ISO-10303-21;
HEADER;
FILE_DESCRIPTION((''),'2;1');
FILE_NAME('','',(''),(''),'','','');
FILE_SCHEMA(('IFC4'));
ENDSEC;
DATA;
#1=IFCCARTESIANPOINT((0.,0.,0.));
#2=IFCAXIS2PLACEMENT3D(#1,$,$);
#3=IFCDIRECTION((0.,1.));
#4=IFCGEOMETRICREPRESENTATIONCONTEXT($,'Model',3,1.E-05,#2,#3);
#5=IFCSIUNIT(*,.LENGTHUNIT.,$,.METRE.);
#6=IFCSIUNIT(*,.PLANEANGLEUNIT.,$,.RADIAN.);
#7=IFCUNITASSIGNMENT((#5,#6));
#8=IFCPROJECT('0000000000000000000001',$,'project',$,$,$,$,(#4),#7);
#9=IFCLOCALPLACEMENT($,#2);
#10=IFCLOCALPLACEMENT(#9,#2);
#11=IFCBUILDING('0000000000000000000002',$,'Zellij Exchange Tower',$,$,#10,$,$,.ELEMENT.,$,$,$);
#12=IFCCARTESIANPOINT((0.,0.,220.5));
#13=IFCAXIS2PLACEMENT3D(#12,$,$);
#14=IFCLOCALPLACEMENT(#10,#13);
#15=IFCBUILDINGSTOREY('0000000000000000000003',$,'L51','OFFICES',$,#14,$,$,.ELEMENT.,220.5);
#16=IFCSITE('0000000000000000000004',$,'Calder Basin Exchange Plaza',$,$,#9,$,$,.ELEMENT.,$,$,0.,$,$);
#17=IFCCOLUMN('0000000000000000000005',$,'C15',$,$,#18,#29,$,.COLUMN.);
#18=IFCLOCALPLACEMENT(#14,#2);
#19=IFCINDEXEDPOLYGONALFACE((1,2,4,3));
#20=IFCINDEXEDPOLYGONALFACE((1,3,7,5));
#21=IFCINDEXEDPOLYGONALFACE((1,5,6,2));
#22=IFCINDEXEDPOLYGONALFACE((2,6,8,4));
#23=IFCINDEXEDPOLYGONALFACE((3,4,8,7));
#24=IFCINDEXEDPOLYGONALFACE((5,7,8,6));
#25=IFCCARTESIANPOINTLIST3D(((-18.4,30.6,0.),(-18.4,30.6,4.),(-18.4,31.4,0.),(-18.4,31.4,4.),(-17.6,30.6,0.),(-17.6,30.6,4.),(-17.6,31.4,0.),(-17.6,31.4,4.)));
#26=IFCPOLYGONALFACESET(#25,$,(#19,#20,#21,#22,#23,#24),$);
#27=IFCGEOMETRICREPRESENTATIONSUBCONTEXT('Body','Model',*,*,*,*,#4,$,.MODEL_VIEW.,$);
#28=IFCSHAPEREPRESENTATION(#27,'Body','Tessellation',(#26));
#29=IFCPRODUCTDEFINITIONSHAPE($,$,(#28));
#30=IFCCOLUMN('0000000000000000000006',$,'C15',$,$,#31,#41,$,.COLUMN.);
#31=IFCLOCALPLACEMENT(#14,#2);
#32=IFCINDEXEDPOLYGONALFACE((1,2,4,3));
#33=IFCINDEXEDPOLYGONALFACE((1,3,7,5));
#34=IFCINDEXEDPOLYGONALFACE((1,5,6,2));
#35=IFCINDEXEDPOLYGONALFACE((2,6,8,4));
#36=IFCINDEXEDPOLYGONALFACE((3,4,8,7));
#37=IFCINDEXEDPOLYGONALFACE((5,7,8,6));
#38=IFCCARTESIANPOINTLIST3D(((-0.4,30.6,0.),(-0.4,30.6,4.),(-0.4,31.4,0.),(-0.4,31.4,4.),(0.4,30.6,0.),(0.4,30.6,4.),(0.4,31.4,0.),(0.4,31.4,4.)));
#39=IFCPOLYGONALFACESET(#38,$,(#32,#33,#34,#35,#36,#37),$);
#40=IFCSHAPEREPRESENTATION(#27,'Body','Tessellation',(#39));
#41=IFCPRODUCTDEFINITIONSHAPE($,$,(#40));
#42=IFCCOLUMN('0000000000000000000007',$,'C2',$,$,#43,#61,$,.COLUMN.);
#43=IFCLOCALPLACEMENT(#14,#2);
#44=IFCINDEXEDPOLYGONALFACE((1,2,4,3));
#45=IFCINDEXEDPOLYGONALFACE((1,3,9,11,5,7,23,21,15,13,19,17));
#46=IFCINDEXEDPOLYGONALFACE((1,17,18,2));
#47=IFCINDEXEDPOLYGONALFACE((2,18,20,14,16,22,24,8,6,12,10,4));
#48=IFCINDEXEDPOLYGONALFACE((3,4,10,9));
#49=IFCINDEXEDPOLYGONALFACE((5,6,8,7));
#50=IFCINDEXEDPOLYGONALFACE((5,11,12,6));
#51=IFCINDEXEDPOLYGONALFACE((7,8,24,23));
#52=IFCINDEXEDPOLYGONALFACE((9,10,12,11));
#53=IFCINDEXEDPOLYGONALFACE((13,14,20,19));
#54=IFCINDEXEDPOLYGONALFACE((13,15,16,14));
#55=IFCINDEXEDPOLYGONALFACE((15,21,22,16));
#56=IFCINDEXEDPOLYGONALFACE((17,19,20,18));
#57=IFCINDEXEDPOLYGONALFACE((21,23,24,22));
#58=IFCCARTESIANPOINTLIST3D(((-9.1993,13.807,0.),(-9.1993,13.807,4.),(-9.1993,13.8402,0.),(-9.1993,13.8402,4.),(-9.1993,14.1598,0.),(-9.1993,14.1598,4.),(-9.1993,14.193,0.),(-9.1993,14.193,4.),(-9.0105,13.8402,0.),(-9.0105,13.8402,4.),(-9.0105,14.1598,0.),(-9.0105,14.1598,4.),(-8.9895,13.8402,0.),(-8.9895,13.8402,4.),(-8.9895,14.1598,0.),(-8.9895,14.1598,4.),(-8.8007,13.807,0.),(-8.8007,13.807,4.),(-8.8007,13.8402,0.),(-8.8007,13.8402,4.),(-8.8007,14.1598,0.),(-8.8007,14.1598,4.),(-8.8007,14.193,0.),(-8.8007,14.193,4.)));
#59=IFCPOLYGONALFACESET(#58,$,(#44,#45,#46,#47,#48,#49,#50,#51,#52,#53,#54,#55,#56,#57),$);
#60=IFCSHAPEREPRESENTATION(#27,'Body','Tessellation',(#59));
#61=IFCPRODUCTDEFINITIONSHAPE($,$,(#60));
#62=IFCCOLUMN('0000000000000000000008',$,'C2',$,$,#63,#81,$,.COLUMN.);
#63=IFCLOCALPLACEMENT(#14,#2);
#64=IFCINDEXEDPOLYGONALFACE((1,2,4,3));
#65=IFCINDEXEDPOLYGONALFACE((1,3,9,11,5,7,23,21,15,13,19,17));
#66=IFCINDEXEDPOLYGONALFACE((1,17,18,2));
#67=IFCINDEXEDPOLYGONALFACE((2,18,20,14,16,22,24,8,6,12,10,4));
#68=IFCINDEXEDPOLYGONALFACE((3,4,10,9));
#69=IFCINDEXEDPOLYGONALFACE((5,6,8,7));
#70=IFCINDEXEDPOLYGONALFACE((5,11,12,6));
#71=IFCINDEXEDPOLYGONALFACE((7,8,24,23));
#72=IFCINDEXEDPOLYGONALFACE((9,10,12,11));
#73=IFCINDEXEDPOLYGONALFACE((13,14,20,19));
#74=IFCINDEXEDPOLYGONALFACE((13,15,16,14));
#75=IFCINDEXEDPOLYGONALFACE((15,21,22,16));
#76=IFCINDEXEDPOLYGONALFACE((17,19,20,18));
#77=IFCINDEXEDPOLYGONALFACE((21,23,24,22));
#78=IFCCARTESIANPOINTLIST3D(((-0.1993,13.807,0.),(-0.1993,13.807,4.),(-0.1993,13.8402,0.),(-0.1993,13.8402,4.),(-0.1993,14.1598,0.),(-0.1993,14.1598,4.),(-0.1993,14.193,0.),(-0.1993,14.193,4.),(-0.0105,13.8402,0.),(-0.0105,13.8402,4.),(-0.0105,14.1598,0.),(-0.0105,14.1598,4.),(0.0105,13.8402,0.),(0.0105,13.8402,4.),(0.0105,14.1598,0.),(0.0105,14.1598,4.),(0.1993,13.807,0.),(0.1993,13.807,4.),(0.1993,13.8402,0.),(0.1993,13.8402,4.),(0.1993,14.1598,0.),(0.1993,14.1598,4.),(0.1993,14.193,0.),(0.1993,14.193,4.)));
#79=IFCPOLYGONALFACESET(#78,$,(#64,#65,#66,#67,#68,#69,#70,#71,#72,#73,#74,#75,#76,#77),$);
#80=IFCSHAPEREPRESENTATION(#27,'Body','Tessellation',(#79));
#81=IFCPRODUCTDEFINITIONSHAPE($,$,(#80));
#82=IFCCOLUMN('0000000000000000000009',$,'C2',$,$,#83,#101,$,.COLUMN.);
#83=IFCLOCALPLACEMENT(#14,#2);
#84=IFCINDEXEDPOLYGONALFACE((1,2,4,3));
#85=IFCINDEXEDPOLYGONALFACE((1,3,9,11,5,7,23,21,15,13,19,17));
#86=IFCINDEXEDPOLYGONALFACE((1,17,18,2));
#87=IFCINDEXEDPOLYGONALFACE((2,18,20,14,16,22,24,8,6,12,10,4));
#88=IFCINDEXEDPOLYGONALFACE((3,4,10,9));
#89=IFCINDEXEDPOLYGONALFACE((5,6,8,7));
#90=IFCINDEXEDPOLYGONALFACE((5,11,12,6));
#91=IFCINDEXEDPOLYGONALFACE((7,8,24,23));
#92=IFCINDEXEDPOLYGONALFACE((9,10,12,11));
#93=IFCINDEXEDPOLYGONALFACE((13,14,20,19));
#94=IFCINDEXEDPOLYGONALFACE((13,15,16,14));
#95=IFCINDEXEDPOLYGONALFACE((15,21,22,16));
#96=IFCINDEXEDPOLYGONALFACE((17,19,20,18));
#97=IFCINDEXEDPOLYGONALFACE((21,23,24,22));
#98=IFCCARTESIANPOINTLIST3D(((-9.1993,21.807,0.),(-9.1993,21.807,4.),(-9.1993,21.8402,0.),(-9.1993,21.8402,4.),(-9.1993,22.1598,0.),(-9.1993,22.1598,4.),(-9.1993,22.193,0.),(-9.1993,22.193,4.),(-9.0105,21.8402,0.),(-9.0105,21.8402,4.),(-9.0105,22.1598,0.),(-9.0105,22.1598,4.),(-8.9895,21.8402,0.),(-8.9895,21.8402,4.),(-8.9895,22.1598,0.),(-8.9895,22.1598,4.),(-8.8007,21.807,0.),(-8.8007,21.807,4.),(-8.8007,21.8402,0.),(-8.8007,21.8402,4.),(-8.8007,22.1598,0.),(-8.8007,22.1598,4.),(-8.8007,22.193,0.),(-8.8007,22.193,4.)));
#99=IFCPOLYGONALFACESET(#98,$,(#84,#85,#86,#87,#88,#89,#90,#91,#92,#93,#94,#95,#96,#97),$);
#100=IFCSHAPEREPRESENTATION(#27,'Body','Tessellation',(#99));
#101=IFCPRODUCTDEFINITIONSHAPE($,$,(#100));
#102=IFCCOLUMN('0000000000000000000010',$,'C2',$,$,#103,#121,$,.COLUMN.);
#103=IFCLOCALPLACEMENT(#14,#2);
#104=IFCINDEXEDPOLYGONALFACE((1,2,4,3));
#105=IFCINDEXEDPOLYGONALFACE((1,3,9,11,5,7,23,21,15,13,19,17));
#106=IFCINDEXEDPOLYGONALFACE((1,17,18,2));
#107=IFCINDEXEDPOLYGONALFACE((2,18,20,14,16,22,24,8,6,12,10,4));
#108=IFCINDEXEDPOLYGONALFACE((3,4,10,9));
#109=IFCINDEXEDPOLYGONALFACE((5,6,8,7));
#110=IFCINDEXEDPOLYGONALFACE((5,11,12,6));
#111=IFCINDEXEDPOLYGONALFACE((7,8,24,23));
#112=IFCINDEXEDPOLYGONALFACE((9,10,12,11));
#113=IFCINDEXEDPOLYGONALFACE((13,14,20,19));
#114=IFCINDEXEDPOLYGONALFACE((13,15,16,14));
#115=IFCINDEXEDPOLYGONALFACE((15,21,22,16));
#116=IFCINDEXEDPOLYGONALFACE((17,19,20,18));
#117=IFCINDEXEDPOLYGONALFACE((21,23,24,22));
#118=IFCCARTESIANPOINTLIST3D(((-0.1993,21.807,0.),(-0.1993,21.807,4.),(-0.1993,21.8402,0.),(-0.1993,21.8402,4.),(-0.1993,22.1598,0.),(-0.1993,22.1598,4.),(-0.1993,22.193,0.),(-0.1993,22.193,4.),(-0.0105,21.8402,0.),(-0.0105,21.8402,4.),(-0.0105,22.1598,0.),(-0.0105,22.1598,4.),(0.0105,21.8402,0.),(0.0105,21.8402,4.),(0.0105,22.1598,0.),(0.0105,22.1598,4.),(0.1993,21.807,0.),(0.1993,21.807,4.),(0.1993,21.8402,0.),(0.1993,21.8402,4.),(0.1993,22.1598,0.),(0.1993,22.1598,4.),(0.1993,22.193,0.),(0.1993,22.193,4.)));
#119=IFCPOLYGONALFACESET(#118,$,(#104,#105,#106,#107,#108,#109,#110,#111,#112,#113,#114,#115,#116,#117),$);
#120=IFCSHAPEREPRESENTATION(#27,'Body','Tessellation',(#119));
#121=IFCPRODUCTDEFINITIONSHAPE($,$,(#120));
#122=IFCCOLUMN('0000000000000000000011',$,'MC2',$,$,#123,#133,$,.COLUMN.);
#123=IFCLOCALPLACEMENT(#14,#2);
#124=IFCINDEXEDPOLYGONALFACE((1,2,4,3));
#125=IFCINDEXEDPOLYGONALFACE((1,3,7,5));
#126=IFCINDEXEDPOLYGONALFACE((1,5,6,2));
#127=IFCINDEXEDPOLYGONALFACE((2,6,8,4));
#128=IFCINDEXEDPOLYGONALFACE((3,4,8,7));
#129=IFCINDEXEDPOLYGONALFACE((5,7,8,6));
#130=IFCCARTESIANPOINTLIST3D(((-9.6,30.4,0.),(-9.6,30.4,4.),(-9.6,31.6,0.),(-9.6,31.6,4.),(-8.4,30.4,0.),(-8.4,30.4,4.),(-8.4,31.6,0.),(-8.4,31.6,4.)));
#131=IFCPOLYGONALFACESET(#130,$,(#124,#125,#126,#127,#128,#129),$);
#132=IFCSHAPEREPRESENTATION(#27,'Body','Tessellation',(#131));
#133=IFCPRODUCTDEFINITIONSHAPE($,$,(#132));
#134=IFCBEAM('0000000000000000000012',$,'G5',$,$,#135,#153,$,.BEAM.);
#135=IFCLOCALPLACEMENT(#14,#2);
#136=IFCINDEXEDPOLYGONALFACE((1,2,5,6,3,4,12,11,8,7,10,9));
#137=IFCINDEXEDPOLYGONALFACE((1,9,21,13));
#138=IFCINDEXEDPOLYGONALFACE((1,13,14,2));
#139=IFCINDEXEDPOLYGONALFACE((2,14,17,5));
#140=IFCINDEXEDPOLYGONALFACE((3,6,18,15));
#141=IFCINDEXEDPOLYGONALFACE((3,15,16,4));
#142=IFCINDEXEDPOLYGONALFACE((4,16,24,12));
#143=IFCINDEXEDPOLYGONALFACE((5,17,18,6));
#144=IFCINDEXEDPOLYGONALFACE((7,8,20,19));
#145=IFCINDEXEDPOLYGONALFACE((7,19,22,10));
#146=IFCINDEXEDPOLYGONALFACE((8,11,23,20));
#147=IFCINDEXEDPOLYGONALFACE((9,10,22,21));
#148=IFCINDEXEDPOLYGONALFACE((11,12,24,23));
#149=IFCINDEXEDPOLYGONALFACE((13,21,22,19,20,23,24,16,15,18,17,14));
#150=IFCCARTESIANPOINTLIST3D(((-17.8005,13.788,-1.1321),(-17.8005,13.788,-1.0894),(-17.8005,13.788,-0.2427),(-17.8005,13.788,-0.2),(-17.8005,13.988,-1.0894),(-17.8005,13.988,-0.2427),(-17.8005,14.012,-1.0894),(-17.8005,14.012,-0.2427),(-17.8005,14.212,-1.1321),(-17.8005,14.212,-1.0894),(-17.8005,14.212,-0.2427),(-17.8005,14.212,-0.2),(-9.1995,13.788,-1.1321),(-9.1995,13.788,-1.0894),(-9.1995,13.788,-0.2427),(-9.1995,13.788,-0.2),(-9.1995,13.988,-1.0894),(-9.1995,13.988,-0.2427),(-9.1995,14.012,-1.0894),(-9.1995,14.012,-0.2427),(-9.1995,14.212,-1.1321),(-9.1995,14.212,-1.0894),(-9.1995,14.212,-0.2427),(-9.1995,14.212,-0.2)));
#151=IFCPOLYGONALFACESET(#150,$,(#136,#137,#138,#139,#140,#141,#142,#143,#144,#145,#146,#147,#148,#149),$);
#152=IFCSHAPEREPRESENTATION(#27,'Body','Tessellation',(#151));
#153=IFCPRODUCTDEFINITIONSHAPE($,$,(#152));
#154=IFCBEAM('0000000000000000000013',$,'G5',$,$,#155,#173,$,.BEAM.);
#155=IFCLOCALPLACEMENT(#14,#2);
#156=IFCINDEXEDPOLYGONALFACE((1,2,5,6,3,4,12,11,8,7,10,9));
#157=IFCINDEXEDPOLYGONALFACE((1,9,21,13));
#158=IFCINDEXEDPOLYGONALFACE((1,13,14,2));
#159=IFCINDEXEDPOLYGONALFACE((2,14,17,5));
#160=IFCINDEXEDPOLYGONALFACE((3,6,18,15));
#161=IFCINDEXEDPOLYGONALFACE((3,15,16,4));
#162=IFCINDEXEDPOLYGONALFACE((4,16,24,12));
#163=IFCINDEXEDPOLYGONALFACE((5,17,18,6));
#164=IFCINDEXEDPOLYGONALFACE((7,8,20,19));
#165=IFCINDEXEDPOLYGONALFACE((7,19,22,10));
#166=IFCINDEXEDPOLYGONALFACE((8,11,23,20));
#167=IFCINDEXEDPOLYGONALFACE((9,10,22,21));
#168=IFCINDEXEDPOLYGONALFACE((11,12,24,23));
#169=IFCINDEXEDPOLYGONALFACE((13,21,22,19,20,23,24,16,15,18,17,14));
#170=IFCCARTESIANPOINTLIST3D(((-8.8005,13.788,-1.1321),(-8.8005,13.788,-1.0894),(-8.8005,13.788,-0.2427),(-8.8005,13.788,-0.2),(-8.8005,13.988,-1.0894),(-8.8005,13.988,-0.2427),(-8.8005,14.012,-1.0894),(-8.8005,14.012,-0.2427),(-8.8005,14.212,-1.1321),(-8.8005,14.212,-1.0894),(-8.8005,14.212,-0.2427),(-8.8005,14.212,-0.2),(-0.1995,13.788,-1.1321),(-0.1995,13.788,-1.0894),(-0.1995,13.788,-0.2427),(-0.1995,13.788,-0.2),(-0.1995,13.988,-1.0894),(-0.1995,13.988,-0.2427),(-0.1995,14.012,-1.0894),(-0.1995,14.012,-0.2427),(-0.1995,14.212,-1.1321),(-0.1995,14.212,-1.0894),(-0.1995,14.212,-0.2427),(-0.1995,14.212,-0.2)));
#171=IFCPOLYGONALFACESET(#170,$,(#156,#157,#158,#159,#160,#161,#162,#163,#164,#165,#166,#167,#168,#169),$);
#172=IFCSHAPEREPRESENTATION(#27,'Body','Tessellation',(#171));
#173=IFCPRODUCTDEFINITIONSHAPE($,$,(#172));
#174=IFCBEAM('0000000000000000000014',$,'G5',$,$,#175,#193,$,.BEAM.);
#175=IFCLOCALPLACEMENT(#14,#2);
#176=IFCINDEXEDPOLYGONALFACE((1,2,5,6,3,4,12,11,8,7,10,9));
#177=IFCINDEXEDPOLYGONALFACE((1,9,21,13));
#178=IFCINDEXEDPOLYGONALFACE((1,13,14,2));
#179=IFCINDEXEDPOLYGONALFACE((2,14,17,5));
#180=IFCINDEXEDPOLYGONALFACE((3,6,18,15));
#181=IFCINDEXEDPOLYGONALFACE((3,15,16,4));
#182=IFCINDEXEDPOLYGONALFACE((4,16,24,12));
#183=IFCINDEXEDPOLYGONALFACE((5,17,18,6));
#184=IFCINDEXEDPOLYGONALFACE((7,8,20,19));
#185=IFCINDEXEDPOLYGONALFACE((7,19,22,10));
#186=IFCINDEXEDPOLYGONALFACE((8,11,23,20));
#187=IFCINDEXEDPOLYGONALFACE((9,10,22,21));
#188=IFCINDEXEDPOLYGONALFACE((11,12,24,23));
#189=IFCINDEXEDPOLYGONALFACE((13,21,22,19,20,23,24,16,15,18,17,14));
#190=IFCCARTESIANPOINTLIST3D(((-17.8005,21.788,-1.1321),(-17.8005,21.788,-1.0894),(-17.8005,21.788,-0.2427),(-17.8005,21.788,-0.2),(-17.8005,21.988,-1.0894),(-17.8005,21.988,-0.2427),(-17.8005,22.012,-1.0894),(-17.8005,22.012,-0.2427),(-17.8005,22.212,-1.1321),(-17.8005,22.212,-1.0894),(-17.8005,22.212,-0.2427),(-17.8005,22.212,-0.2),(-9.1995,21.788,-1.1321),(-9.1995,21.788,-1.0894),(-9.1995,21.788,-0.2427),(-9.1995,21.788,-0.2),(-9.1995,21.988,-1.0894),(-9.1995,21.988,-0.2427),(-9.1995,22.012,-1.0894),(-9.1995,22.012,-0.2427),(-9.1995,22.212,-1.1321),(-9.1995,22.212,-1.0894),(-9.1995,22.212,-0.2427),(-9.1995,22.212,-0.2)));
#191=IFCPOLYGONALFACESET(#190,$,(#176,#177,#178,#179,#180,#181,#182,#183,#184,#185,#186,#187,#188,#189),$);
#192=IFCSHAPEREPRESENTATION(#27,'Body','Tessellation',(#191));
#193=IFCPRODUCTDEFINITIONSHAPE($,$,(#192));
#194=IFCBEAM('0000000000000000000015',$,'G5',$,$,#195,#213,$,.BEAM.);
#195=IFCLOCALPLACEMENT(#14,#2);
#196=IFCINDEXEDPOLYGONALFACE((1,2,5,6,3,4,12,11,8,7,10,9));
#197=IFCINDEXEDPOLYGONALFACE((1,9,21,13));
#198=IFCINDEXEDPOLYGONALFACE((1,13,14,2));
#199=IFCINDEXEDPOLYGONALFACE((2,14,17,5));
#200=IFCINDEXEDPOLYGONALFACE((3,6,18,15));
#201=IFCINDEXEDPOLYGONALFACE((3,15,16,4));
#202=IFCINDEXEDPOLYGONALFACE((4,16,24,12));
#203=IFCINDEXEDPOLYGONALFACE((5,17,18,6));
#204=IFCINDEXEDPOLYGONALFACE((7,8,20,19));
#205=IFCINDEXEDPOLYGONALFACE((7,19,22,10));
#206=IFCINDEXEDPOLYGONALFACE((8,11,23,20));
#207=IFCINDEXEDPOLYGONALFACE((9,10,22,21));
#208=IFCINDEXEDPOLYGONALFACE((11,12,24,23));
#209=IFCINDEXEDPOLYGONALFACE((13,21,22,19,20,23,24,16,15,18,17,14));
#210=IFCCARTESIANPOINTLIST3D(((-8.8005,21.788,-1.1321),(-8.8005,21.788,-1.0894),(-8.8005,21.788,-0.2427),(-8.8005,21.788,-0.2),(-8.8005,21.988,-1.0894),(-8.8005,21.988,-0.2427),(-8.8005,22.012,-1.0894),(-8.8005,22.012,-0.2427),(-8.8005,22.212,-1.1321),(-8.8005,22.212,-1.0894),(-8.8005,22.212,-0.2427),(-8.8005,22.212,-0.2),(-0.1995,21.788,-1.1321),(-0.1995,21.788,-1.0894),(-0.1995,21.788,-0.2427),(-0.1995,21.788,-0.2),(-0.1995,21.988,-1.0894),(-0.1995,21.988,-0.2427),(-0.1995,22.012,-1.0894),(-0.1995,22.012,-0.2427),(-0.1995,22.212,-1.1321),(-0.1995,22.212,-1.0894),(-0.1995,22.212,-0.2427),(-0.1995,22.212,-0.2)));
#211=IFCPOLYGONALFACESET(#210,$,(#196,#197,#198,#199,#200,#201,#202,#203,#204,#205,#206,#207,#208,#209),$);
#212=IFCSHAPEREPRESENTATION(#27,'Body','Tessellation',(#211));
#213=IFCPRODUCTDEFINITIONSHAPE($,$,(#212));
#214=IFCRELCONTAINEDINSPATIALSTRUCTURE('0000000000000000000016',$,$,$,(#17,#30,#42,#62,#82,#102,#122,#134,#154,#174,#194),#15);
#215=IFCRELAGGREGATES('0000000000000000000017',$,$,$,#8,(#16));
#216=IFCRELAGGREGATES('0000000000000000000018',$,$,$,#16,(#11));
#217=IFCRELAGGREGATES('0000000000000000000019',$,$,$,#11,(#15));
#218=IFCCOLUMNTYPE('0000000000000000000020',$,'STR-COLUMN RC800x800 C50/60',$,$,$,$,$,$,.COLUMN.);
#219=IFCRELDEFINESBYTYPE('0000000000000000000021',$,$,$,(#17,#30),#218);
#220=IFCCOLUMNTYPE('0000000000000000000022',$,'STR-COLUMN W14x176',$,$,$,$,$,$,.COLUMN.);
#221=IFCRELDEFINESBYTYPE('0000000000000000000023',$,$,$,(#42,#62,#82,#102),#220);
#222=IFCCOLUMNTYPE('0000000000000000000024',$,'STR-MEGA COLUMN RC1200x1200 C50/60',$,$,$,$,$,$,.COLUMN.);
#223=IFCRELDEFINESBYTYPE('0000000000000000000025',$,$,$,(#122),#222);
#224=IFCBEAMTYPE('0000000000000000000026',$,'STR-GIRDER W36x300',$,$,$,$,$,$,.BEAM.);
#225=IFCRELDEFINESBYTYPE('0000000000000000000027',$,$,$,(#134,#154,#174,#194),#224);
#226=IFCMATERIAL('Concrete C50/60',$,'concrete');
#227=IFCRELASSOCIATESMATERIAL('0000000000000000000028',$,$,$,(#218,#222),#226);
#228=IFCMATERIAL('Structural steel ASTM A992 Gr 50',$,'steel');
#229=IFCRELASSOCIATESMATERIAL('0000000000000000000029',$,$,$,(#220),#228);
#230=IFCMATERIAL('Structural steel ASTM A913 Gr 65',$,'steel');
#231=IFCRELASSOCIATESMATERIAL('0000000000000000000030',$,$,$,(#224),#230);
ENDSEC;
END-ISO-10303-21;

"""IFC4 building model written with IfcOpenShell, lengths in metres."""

from ifc_helpers import new_model, si_unit, direction, frame, origin, origin_2d, place, context, subcontext, project, spatial, rectangle, i_section, extrude, material, material_profile, profile_set, type_object, element, save


model = new_model("IFC4")

# Units and contexts
model_context = context("Model", 3, precision=1e-05, world=origin(), true_north=direction((0.0, 1.0)))
body_context = subcontext(model_context, "Body", "Model", "MODEL_VIEW")
ifc_project = project(units=[si_unit("LENGTHUNIT", "METRE"), si_unit("PLANEANGLEUNIT", "RADIAN")], contexts=[model_context])

# Site, building, storey
site_placement = place(None, origin())
site = spatial("IfcSite", under=ifc_project, at=site_placement, Name="Calder Basin Exchange Plaza", CompositionType="ELEMENT", RefElevation=0.0)
building_placement = place(site_placement, origin())
building = spatial("IfcBuilding", under=site, at=building_placement, Name="Zellij Exchange Tower", CompositionType="ELEMENT")
storey_placement = place(building_placement, frame((0.0, 0.0, 220.5)))
storey = spatial("IfcBuildingStorey", under=building, at=storey_placement, Name="L51", Description="OFFICES", CompositionType="ELEMENT", Elevation=220.5)

# Columns
ifc_material_1 = material(Name="Concrete C50/60", Category="concrete")
ifc_material_profile_1 = material_profile(ifc_material_1, rectangle(XDim=0.8, YDim=0.8, at=origin_2d()), Name="STR-COLUMN RC800x800 C50/60")
ifc_profile_set_1 = profile_set([ifc_material_profile_1], Name="Concrete C50/60")
column_type_1 = type_object("IfcColumnType", Name="STR-COLUMN RC800x800 C50/60", PredefinedType="COLUMN", material=ifc_profile_set_1)
for number, where, z_axis, x_axis, name in (
    (1, (-18.0, 31.0, 0.0), (0.0, 0.0, 1.0), (1.0, 0.0, 0.0), "C15"),
    (2, (0.0, 31.0, 0.0), (0.0, 0.0, 1.0), (1.0, 0.0, 0.0), "C15"),
):
    element("IfcColumn", number, at=place(storey_placement, frame(where, z_axis=z_axis, x_axis=x_axis)), inside=storey, type_object=column_type_1, Name=name, PredefinedType="COLUMN", context=body_context, shape_type="SweptSolid", body=[
        extrude(rectangle(XDim=0.8, YDim=0.8, at=origin_2d()), origin(), (0.0, 0.0, 1.0), 4.0),
    ])
ifc_material_2 = material(Name="Structural steel ASTM A992 Gr 50", Category="steel")
ifc_material_profile_2 = material_profile(ifc_material_2, i_section(OverallWidth=0.3987, OverallDepth=0.386, WebThickness=0.021, FlangeThickness=0.0332, at=origin_2d()), Name="W14x176")
ifc_profile_set_2 = profile_set([ifc_material_profile_2], Name="Structural steel ASTM A992 Gr 50")
column_type_2 = type_object("IfcColumnType", Name="STR-COLUMN W14x176", PredefinedType="COLUMN", material=ifc_profile_set_2)
for number, where, z_axis, x_axis, name in (
    (3, (-9.0, 14.0, 0.0), (0.0, 0.0, 1.0), (1.0, 0.0, 0.0), "C2"),
    (4, (0.0, 14.0, 0.0), (0.0, 0.0, 1.0), (1.0, 0.0, 0.0), "C2"),
    (5, (-9.0, 22.0, 0.0), (0.0, 0.0, 1.0), (1.0, 0.0, 0.0), "C2"),
    (6, (0.0, 22.0, 0.0), (0.0, 0.0, 1.0), (1.0, 0.0, 0.0), "C2"),
):
    element("IfcColumn", number, at=place(storey_placement, frame(where, z_axis=z_axis, x_axis=x_axis)), inside=storey, type_object=column_type_2, Name=name, PredefinedType="COLUMN", context=body_context, shape_type="SweptSolid", body=[
        extrude(i_section(OverallWidth=0.3987, OverallDepth=0.386, WebThickness=0.021, FlangeThickness=0.0332, at=origin_2d()), origin(), (0.0, 0.0, 1.0), 4.0),
    ])
ifc_material_profile_3 = material_profile(ifc_material_1, rectangle(XDim=1.2, YDim=1.2, at=origin_2d()), Name="STR-MEGA COLUMN RC1200x1200 C50/60")
ifc_profile_set_3 = profile_set([ifc_material_profile_3], Name="Concrete C50/60")
column_type_3 = type_object("IfcColumnType", Name="STR-MEGA COLUMN RC1200x1200 C50/60", PredefinedType="COLUMN", material=ifc_profile_set_3)
column_placement = place(storey_placement, frame((-9.0, 31.0, 0.0), z_axis=(0.0, 0.0, 1.0), x_axis=(1.0, 0.0, 0.0)))
element("IfcColumn", 7, at=column_placement, inside=storey, type_object=column_type_3, Name="MC2", PredefinedType="COLUMN", context=body_context, shape_type="SweptSolid", body=[
    extrude(rectangle(XDim=1.2, YDim=1.2, at=origin_2d()), origin(), (0.0, 0.0, 1.0), 4.0),
])

# Beams
ifc_material_3 = material(Name="Structural steel ASTM A913 Gr 65", Category="steel")
ifc_material_profile_4 = material_profile(ifc_material_3, i_section(OverallWidth=0.4241, OverallDepth=0.9321, WebThickness=0.0239, FlangeThickness=0.0427, at=origin_2d()), Name="W36x300")
ifc_profile_set_4 = profile_set([ifc_material_profile_4], Name="Structural steel ASTM A913 Gr 65")
beam_type = type_object("IfcBeamType", Name="STR-GIRDER W36x300", PredefinedType="BEAM", material=ifc_profile_set_4)
for number, where, z_axis, x_axis, name in (
    (8, (-17.8005, 14.0, -0.666), (1.0, 0.0, 0.0), (0.0, 1.0, 0.0), "G5"),
    (9, (-8.8005, 14.0, -0.666), (1.0, 0.0, 0.0), (0.0, 1.0, 0.0), "G5"),
    (10, (-17.8005, 22.0, -0.666), (1.0, 0.0, 0.0), (0.0, 1.0, 0.0), "G5"),
    (11, (-8.8005, 22.0, -0.666), (1.0, 0.0, 0.0), (0.0, 1.0, 0.0), "G5"),
):
    element("IfcBeam", number, at=place(storey_placement, frame(where, z_axis=z_axis, x_axis=x_axis)), inside=storey, type_object=beam_type, Name=name, PredefinedType="BEAM", context=body_context, shape_type="SweptSolid", body=[
        extrude(i_section(OverallWidth=0.4241, OverallDepth=0.9321, WebThickness=0.0239, FlangeThickness=0.0427, at=origin_2d()), origin(), (0.0, 0.0, 1.0), 8.6011),
    ])

save(model, "model.ifc")
